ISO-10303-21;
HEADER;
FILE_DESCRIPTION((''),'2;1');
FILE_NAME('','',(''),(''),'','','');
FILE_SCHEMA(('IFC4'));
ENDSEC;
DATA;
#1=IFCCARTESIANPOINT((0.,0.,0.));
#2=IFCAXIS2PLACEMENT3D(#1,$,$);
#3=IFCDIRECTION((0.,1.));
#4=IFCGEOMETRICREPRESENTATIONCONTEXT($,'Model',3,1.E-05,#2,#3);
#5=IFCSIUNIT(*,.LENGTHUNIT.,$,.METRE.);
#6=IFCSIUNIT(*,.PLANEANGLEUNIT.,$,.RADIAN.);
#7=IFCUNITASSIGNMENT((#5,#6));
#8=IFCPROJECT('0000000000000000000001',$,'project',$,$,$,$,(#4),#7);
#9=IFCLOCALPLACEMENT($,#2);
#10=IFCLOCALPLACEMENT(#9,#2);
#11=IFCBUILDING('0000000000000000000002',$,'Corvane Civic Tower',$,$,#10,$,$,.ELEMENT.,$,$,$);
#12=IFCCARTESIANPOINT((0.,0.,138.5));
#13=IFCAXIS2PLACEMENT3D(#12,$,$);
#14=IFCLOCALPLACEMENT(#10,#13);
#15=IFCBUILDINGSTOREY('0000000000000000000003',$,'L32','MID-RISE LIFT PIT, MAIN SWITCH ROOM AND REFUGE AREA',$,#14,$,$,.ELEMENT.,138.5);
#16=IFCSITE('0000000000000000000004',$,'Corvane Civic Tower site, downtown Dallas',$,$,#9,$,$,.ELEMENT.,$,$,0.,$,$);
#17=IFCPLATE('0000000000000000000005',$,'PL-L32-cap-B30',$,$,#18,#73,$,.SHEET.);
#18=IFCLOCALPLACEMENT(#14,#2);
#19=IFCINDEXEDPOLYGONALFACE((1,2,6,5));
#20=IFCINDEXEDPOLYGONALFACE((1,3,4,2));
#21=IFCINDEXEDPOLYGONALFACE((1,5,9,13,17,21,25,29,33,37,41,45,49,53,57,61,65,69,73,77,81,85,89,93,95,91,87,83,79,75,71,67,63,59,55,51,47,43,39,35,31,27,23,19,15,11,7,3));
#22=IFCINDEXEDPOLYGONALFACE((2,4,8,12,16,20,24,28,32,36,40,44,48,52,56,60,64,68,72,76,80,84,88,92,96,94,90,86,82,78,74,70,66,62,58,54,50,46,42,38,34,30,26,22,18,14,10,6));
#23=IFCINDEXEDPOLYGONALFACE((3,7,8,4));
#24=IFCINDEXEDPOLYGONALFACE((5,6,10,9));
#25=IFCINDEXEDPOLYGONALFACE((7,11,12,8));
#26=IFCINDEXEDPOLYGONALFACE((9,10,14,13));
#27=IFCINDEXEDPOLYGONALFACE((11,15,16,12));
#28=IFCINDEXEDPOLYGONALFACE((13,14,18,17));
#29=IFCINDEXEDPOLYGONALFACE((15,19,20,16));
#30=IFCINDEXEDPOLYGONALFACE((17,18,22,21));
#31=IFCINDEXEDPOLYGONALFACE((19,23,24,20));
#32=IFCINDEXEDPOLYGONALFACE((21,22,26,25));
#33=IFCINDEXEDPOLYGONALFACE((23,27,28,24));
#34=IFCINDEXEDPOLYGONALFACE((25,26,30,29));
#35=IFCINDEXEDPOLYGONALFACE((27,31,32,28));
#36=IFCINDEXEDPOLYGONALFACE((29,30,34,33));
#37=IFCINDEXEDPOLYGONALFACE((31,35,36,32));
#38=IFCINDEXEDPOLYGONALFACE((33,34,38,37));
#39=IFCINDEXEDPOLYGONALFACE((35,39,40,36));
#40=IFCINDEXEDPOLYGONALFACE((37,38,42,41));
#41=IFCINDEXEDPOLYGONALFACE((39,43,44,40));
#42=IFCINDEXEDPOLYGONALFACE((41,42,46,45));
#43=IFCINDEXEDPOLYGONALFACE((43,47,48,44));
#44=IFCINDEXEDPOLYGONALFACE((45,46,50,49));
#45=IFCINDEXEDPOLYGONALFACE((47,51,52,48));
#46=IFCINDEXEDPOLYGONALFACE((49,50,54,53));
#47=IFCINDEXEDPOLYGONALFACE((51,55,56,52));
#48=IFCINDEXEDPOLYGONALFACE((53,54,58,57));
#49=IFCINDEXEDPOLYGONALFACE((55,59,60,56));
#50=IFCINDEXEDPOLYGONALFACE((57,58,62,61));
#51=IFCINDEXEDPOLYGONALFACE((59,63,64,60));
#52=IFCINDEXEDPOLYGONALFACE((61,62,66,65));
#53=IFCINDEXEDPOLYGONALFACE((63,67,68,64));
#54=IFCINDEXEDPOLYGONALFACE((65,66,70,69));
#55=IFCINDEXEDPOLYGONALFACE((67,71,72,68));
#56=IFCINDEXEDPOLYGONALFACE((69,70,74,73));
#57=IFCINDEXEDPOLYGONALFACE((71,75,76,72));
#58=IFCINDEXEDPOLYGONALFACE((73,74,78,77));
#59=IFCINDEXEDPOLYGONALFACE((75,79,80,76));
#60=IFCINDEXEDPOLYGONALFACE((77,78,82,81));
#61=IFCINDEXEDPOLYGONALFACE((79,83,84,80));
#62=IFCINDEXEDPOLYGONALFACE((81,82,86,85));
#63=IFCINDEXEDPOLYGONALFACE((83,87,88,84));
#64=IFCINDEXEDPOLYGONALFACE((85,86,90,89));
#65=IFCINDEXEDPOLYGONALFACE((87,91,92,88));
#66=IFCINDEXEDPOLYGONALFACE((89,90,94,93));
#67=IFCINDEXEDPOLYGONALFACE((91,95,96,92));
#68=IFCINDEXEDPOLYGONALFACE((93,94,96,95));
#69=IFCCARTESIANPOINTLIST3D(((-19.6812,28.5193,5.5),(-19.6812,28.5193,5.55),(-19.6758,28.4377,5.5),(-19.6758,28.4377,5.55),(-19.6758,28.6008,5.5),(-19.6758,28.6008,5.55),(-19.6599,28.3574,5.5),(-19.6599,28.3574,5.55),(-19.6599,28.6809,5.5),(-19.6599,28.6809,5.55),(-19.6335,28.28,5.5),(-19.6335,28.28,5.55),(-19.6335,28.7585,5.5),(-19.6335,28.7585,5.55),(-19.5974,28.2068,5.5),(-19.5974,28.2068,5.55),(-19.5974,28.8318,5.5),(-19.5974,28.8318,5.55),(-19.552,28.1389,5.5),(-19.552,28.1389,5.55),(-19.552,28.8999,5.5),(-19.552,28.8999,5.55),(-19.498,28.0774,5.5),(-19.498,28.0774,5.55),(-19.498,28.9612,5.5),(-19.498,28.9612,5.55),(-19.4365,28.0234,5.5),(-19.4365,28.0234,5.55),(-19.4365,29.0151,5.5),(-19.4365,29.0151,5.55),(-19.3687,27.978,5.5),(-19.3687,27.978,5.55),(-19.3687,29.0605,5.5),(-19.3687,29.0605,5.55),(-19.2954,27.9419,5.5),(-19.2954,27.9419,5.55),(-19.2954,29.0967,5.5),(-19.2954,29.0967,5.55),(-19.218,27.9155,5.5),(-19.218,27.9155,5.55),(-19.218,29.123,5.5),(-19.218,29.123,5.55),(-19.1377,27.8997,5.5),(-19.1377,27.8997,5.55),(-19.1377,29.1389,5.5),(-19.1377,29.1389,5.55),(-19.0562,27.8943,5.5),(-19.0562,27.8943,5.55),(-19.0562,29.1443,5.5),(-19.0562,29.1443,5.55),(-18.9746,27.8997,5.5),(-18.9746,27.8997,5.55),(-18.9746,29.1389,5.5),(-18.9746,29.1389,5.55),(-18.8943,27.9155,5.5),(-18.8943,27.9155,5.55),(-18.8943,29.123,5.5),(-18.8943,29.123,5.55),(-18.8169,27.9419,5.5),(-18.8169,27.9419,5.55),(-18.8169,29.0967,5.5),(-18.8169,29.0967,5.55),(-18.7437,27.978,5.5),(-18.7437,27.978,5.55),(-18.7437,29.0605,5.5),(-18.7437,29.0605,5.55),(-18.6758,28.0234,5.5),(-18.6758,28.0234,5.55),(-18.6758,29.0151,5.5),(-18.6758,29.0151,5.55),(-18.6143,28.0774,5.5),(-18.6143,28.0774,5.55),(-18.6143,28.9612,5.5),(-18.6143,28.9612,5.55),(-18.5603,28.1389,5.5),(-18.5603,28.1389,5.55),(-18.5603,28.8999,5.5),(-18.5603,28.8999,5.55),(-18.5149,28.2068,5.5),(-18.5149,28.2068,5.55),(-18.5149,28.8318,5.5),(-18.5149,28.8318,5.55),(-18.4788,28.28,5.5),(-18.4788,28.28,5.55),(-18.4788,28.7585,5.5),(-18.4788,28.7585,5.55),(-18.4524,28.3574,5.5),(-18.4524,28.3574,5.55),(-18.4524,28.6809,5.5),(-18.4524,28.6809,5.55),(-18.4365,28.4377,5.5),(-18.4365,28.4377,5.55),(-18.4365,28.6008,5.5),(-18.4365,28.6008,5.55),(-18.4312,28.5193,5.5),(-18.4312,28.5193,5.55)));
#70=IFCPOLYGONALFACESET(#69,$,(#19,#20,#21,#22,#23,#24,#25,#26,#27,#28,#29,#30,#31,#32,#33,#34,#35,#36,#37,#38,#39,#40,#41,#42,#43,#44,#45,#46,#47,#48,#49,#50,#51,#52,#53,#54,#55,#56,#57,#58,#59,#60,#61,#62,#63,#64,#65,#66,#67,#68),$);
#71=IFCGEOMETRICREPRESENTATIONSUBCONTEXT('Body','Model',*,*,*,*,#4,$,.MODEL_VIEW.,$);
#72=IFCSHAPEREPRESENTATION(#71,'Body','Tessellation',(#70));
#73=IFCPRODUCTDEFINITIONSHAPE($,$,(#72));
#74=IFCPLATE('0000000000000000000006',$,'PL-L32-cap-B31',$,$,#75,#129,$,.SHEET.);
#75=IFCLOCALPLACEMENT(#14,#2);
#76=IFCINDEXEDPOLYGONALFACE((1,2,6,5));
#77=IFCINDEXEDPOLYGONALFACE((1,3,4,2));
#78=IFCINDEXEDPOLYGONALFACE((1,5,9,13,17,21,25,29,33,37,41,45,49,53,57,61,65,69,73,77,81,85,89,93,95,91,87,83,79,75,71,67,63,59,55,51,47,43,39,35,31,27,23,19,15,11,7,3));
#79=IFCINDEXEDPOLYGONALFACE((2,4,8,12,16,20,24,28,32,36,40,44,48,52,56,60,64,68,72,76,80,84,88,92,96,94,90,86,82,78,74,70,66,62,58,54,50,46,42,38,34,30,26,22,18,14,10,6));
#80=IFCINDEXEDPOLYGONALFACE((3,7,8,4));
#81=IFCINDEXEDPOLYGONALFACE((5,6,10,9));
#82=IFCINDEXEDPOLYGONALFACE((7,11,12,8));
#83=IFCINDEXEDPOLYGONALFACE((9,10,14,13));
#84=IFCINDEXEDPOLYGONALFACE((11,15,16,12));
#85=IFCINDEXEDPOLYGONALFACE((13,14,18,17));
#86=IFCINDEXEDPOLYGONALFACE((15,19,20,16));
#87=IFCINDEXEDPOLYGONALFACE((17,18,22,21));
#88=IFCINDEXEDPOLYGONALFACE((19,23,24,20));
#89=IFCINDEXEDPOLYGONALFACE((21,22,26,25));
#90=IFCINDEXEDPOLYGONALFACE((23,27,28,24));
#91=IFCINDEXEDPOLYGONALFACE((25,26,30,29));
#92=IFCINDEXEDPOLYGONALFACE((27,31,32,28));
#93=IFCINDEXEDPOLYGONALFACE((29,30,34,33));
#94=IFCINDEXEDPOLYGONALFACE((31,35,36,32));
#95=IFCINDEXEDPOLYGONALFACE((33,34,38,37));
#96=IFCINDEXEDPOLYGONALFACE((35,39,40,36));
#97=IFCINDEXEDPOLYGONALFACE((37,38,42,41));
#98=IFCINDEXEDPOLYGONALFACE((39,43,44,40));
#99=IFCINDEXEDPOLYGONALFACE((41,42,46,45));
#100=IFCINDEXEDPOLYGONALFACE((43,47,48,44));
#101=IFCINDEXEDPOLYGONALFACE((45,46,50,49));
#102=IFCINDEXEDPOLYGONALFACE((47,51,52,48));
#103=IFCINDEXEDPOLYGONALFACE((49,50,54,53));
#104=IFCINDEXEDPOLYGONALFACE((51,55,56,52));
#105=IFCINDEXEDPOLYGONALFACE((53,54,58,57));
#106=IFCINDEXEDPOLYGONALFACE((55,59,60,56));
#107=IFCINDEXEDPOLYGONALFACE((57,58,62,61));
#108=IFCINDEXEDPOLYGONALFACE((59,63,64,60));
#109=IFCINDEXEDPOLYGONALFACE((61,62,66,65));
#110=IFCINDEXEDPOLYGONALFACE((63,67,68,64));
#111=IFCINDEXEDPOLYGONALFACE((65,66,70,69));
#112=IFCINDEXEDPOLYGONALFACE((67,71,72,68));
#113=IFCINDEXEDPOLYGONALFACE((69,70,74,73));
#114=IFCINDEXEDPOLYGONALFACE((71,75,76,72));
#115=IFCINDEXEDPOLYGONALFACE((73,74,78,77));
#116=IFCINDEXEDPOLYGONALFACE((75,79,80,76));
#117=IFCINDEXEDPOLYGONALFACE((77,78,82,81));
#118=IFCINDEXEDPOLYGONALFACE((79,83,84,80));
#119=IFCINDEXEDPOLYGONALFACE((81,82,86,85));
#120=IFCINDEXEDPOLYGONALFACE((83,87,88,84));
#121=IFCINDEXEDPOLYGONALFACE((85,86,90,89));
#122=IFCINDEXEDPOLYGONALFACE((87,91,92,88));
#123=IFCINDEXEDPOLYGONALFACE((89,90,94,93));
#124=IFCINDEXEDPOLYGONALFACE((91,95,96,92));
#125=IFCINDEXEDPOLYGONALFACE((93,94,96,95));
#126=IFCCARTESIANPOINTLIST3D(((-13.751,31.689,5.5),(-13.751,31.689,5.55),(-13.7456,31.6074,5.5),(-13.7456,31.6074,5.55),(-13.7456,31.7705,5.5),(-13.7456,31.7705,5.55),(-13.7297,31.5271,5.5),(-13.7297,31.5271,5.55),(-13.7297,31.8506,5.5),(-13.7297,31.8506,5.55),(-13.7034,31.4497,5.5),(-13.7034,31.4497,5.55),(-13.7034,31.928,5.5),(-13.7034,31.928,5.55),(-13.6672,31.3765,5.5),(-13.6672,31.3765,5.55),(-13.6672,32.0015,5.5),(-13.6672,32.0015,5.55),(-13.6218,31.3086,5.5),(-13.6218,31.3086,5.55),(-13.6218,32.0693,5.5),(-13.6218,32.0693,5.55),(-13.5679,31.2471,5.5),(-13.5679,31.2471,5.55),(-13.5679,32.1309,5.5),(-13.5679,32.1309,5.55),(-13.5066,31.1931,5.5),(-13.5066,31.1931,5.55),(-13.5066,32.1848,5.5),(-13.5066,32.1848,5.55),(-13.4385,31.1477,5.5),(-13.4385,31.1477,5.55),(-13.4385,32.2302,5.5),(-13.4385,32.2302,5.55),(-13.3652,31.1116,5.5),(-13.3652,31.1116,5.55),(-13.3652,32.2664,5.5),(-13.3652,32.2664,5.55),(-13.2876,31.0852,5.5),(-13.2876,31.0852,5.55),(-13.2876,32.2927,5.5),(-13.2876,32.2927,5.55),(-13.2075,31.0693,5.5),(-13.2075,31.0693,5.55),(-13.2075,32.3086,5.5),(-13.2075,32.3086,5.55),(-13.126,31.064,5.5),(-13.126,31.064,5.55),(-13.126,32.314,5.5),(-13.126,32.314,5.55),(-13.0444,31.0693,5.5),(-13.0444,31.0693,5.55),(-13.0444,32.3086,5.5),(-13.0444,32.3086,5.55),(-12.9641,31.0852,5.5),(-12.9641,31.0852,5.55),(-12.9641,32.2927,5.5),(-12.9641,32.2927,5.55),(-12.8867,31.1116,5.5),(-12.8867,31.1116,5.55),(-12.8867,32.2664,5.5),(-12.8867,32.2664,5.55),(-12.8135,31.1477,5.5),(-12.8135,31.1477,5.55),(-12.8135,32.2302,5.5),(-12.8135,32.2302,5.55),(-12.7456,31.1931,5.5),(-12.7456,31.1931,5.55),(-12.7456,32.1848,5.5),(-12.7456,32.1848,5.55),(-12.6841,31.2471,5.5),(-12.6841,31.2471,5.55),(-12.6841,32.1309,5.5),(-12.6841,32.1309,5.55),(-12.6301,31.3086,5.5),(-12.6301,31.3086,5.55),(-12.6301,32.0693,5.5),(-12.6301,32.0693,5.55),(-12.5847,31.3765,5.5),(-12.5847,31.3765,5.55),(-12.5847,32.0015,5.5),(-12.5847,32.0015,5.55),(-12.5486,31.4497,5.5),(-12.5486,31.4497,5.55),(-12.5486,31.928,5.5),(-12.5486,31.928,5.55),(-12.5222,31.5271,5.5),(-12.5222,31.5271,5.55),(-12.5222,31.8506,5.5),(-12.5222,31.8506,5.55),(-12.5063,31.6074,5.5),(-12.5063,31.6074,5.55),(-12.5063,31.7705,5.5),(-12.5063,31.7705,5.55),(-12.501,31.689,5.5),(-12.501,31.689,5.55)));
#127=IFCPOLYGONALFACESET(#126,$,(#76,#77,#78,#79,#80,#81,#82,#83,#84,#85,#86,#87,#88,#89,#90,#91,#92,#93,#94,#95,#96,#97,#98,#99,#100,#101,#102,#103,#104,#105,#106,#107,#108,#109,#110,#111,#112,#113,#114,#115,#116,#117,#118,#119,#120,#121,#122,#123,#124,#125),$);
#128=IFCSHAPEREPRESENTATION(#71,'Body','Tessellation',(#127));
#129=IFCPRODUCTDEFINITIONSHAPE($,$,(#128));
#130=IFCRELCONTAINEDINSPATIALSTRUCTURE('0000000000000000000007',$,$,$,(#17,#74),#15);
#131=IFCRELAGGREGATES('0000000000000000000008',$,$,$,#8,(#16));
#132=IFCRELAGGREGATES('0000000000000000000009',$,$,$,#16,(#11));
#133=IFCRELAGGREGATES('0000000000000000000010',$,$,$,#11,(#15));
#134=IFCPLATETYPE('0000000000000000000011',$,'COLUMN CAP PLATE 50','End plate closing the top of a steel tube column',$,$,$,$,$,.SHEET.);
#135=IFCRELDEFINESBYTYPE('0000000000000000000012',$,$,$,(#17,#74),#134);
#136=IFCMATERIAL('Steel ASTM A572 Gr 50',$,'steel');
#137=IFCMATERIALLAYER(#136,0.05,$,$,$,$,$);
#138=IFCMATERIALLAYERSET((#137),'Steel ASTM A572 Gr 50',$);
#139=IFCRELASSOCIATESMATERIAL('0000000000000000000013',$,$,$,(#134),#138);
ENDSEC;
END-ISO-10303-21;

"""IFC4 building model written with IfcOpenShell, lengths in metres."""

from ifc_helpers import new_model, si_unit, direction, frame, origin, place, context, subcontext, project, spatial, polyline, outline, extrude, material, layer, layer_set, type_object, element, save


model = new_model("IFC4")

# Units and contexts
model_context = context("Model", 3, precision=1e-05, world=origin(), true_north=direction((0.0, 1.0)))
body_context = subcontext(model_context, "Body", "Model", "MODEL_VIEW")
ifc_project = project(units=[si_unit("LENGTHUNIT", "METRE"), si_unit("PLANEANGLEUNIT", "RADIAN")], contexts=[model_context])

# Site, building, storey
site_placement = place(None, origin())
site = spatial("IfcSite", under=ifc_project, at=site_placement, Name="Corvane Civic Tower site, downtown Dallas", CompositionType="ELEMENT", RefElevation=0.0)
building_placement = place(site_placement, origin())
building = spatial("IfcBuilding", under=site, at=building_placement, Name="Corvane Civic Tower", CompositionType="ELEMENT")
storey_placement = place(building_placement, frame((0.0, 0.0, 138.5)))
storey = spatial("IfcBuildingStorey", under=building, at=storey_placement, Name="L32", Description="MID-RISE LIFT PIT, MAIN SWITCH ROOM AND REFUGE AREA", CompositionType="ELEMENT", Elevation=138.5)

# Plates
ifc_material_1 = material(Name="Steel ASTM A572 Gr 50", Category="steel")
ifc_layer_1 = layer(ifc_material_1, 0.05)
ifc_layer_set_1 = layer_set([ifc_layer_1], Name="Steel ASTM A572 Gr 50")
plate_type = type_object("IfcPlateType", Name="COLUMN CAP PLATE 50", Description="End plate closing the top of a steel tube column", PredefinedType="SHEET", material=ifc_layer_set_1)
plate_1_placement = place(storey_placement, frame((0.0, 0.0, 5.5)))
element("IfcPlate", 1, at=plate_1_placement, inside=storey, type_object=plate_type, Name="PL-L32-cap-B30", PredefinedType="SHEET", context=body_context, shape_type="SweptSolid", body=[
    extrude(outline(polyline([(-18.4312, 28.5193), (-18.4365, 28.6008), (-18.4524, 28.6809), (-18.4788, 28.7585), (-18.5149, 28.8318), (-18.5603, 28.8999), (-18.6143, 28.9612), (-18.6758, 29.0151), (-18.7437, 29.0605), (-18.8169, 29.0967), (-18.8943, 29.123), (-18.9746, 29.1389), (-19.0562, 29.1443), (-19.1377, 29.1389), (-19.218, 29.123), (-19.2954, 29.0967), (-19.3687, 29.0605), (-19.4365, 29.0151), (-19.498, 28.9612), (-19.552, 28.8999), (-19.5974, 28.8318), (-19.6335, 28.7585), (-19.6599, 28.6809), (-19.6758, 28.6008), (-19.6812, 28.5193), (-19.6758, 28.4377), (-19.6599, 28.3574), (-19.6335, 28.28), (-19.5974, 28.2068), (-19.552, 28.1389), (-19.498, 28.0774), (-19.4365, 28.0234), (-19.3687, 27.978), (-19.2954, 27.9419), (-19.218, 27.9155), (-19.1377, 27.8997), (-19.0562, 27.8943), (-18.9746, 27.8997), (-18.8943, 27.9155), (-18.8169, 27.9419), (-18.7437, 27.978), (-18.6758, 28.0234), (-18.6143, 28.0774), (-18.5603, 28.1389), (-18.5149, 28.2068), (-18.4788, 28.28), (-18.4524, 28.3574), (-18.4365, 28.4377), (-18.4312, 28.5193)])), origin(), (0.0, 0.0, 1.0), 0.05),
])
plate_2_placement = place(storey_placement, frame((0.0, 0.0, 5.5)))
element("IfcPlate", 2, at=plate_2_placement, inside=storey, type_object=plate_type, Name="PL-L32-cap-B31", PredefinedType="SHEET", context=body_context, shape_type="SweptSolid", body=[
    extrude(outline(polyline([(-12.501, 31.689), (-12.5063, 31.7705), (-12.5222, 31.8506), (-12.5486, 31.928), (-12.5847, 32.0015), (-12.6301, 32.0693), (-12.6841, 32.1309), (-12.7456, 32.1848), (-12.8135, 32.2302), (-12.8867, 32.2664), (-12.9641, 32.2927), (-13.0444, 32.3086), (-13.126, 32.314), (-13.2075, 32.3086), (-13.2876, 32.2927), (-13.3652, 32.2664), (-13.4385, 32.2302), (-13.5066, 32.1848), (-13.5679, 32.1309), (-13.6218, 32.0693), (-13.6672, 32.0015), (-13.7034, 31.928), (-13.7297, 31.8506), (-13.7456, 31.7705), (-13.751, 31.689), (-13.7456, 31.6074), (-13.7297, 31.5271), (-13.7034, 31.4497), (-13.6672, 31.3765), (-13.6218, 31.3086), (-13.5679, 31.2471), (-13.5066, 31.1931), (-13.4385, 31.1477), (-13.3652, 31.1116), (-13.2876, 31.0852), (-13.2075, 31.0693), (-13.126, 31.064), (-13.0444, 31.0693), (-12.9641, 31.0852), (-12.8867, 31.1116), (-12.8135, 31.1477), (-12.7456, 31.1931), (-12.6841, 31.2471), (-12.6301, 31.3086), (-12.5847, 31.3765), (-12.5486, 31.4497), (-12.5222, 31.5271), (-12.5063, 31.6074), (-12.501, 31.689)])), origin(), (0.0, 0.0, 1.0), 0.05),
])

save(model, "model.ifc")
